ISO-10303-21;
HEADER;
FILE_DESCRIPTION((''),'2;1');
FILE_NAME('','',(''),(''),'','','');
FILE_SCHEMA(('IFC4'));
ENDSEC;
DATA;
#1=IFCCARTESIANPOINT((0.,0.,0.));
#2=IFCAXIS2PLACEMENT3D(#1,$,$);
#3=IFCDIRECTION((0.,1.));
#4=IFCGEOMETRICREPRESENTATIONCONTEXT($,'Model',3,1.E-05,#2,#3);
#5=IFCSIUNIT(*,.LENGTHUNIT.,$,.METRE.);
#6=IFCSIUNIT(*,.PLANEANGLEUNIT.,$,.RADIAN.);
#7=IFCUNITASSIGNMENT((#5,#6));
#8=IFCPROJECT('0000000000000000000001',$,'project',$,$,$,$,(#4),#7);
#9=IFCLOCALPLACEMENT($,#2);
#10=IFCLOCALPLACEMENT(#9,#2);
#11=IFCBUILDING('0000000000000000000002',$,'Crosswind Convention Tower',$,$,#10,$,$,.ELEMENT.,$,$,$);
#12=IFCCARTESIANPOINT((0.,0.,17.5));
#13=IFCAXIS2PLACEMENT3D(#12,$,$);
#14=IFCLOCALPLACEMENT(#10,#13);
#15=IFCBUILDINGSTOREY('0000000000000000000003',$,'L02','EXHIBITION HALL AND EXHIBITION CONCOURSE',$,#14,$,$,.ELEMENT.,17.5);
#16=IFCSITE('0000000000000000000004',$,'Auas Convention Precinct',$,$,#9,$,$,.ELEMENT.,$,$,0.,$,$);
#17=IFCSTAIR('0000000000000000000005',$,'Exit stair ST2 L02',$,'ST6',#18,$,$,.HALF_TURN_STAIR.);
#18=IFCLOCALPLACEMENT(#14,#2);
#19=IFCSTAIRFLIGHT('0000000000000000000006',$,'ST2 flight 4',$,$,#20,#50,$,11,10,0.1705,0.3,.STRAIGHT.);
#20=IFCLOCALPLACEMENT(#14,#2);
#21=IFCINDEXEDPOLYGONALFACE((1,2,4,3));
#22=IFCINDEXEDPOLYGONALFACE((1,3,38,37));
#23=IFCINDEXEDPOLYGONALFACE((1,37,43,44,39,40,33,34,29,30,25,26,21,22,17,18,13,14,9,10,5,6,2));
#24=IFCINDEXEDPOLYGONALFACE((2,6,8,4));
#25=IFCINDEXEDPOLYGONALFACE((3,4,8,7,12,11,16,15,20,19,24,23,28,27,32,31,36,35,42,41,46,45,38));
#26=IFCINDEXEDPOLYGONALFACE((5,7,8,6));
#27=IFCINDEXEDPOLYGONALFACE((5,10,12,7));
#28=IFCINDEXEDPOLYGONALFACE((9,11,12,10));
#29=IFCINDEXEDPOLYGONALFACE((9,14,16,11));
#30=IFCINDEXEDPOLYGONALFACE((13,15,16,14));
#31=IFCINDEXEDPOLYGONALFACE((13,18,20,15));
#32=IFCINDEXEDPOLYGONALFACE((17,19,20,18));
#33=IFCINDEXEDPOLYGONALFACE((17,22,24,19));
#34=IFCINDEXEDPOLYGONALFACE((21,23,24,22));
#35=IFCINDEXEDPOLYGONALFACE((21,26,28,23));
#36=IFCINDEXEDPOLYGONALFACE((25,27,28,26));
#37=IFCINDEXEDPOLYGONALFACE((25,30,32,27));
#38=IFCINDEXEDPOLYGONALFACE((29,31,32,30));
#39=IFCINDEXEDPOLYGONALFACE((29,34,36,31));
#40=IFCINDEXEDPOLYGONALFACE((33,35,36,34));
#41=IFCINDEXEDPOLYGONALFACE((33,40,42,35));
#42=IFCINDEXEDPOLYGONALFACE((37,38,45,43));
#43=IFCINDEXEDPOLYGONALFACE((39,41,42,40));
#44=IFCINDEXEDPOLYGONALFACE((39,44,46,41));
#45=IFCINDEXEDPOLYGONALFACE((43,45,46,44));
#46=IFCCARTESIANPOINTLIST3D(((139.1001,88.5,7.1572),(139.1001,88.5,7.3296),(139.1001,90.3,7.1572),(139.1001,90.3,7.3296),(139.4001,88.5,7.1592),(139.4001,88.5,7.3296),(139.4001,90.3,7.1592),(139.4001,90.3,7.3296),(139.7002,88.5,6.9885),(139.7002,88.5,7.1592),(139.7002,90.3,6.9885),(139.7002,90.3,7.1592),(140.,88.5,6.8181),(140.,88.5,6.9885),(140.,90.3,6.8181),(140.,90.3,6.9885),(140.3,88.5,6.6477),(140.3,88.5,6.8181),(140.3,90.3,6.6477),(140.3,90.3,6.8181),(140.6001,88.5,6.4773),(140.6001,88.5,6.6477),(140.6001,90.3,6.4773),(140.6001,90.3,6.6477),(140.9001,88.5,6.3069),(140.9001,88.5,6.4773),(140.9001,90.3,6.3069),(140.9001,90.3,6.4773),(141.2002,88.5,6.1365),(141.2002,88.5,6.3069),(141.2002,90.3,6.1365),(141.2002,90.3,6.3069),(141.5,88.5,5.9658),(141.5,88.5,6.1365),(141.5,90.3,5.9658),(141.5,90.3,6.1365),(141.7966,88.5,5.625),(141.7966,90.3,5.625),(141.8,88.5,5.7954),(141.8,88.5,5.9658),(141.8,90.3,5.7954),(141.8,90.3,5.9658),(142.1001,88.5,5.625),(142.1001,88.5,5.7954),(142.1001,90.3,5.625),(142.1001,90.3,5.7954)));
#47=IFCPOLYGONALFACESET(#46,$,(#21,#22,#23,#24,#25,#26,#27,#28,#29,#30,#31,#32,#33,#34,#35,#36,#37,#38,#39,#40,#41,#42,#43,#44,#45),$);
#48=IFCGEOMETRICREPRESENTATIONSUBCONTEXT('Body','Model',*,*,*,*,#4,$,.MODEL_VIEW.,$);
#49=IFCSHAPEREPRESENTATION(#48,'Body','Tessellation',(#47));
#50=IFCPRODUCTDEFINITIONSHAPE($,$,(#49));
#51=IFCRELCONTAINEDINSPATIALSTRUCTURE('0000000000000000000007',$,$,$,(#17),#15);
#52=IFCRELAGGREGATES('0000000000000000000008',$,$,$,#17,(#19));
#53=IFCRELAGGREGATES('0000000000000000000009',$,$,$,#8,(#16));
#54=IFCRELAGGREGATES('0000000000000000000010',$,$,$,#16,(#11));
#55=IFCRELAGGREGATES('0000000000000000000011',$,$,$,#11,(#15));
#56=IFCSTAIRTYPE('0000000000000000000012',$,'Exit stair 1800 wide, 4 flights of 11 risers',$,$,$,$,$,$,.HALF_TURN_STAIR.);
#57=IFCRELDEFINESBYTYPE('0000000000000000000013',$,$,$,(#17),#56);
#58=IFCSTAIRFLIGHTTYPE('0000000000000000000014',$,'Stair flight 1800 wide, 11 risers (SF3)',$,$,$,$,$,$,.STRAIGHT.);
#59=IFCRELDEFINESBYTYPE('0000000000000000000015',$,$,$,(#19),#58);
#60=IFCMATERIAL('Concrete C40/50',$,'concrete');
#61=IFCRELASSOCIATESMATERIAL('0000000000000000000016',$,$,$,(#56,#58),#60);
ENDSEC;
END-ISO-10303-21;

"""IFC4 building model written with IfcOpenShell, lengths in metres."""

from ifc_helpers import new_model, si_unit, direction, frame, origin, place, context, subcontext, project, spatial, polyline, outline, extrude, material, type_object, element, aggregate, save


model = new_model("IFC4")

# Units and contexts
model_context = context("Model", 3, precision=1e-05, world=origin(), true_north=direction((0.0, 1.0)))
body_context = subcontext(model_context, "Body", "Model", "MODEL_VIEW")
ifc_project = project(units=[si_unit("LENGTHUNIT", "METRE"), si_unit("PLANEANGLEUNIT", "RADIAN")], contexts=[model_context])

# Site, building, storey
site_placement = place(None, origin())
site = spatial("IfcSite", under=ifc_project, at=site_placement, Name="Auas Convention Precinct", CompositionType="ELEMENT", RefElevation=0.0)
building_placement = place(site_placement, origin())
building = spatial("IfcBuilding", under=site, at=building_placement, Name="Crosswind Convention Tower", CompositionType="ELEMENT")
storey_placement = place(building_placement, frame((0.0, 0.0, 17.5)))
storey = spatial("IfcBuildingStorey", under=building, at=storey_placement, Name="L02", Description="EXHIBITION HALL AND EXHIBITION CONCOURSE", CompositionType="ELEMENT", Elevation=17.5)

# Shared definitions
ifc_material_1 = material(Name="Concrete C40/50", Category="concrete")

# Stair, stair flight
stair_type = type_object("IfcStairType", Name="Exit stair 1800 wide, 4 flights of 11 risers", PredefinedType="HALF_TURN_STAIR", material=ifc_material_1)
stair_placement = place(storey_placement, origin())
stair = element("IfcStair", 1, at=stair_placement, inside=storey, type_object=stair_type, Name="Exit stair ST2 L02", ObjectType="ST6", PredefinedType="HALF_TURN_STAIR")
stair_flight_type = type_object("IfcStairFlightType", Name="Stair flight 1800 wide, 11 risers (SF3)", PredefinedType="STRAIGHT", material=ifc_material_1)
stair_flight_1_placement = place(storey_placement, frame((142.1001, 89.3999, 5.625), z_axis=(0.0, 0.0, 1.0), x_axis=(-1.0, 0.0, 0.0)))
stair_flight_1 = element("IfcStairFlight", 2, at=stair_flight_1_placement, type_object=stair_flight_type, Name="ST2 flight 4", NumberOfRisers=11, NumberOfTreads=10, PredefinedType="STRAIGHT", RiserHeight=0.1705, TreadLength=0.3, context=body_context, shape_type="SweptSolid", body=[
    extrude(outline(polyline([(0.0, 0.0), (0.0, 0.1704), (0.3, 0.1704), (0.3, 0.3408), (0.6001, 0.3408), (0.6001, 0.5115), (0.8999, 0.5115), (0.8999, 0.6819), (1.2, 0.6819), (1.2, 0.8523), (1.5, 0.8523), (1.5, 1.0227), (1.8, 1.0227), (1.8, 1.1931), (2.1001, 1.1931), (2.1001, 1.3635), (2.3999, 1.3635), (2.3999, 1.5342), (2.7, 1.5342), (2.7, 1.7046), (3.0, 1.7046), (3.0, 1.875), (3.0, 1.5322), (0.3035, 0.0), (0.0, 0.0)])), frame((0.0, 0.8999, 0.0), z_axis=(0.0, -1.0, 0.0), x_axis=(1.0, 0.0, 0.0)), (0.0, 0.0, 1.0), 1.8),
])
aggregate(stair, [stair_flight_1])

save(model, "model.ifc")
